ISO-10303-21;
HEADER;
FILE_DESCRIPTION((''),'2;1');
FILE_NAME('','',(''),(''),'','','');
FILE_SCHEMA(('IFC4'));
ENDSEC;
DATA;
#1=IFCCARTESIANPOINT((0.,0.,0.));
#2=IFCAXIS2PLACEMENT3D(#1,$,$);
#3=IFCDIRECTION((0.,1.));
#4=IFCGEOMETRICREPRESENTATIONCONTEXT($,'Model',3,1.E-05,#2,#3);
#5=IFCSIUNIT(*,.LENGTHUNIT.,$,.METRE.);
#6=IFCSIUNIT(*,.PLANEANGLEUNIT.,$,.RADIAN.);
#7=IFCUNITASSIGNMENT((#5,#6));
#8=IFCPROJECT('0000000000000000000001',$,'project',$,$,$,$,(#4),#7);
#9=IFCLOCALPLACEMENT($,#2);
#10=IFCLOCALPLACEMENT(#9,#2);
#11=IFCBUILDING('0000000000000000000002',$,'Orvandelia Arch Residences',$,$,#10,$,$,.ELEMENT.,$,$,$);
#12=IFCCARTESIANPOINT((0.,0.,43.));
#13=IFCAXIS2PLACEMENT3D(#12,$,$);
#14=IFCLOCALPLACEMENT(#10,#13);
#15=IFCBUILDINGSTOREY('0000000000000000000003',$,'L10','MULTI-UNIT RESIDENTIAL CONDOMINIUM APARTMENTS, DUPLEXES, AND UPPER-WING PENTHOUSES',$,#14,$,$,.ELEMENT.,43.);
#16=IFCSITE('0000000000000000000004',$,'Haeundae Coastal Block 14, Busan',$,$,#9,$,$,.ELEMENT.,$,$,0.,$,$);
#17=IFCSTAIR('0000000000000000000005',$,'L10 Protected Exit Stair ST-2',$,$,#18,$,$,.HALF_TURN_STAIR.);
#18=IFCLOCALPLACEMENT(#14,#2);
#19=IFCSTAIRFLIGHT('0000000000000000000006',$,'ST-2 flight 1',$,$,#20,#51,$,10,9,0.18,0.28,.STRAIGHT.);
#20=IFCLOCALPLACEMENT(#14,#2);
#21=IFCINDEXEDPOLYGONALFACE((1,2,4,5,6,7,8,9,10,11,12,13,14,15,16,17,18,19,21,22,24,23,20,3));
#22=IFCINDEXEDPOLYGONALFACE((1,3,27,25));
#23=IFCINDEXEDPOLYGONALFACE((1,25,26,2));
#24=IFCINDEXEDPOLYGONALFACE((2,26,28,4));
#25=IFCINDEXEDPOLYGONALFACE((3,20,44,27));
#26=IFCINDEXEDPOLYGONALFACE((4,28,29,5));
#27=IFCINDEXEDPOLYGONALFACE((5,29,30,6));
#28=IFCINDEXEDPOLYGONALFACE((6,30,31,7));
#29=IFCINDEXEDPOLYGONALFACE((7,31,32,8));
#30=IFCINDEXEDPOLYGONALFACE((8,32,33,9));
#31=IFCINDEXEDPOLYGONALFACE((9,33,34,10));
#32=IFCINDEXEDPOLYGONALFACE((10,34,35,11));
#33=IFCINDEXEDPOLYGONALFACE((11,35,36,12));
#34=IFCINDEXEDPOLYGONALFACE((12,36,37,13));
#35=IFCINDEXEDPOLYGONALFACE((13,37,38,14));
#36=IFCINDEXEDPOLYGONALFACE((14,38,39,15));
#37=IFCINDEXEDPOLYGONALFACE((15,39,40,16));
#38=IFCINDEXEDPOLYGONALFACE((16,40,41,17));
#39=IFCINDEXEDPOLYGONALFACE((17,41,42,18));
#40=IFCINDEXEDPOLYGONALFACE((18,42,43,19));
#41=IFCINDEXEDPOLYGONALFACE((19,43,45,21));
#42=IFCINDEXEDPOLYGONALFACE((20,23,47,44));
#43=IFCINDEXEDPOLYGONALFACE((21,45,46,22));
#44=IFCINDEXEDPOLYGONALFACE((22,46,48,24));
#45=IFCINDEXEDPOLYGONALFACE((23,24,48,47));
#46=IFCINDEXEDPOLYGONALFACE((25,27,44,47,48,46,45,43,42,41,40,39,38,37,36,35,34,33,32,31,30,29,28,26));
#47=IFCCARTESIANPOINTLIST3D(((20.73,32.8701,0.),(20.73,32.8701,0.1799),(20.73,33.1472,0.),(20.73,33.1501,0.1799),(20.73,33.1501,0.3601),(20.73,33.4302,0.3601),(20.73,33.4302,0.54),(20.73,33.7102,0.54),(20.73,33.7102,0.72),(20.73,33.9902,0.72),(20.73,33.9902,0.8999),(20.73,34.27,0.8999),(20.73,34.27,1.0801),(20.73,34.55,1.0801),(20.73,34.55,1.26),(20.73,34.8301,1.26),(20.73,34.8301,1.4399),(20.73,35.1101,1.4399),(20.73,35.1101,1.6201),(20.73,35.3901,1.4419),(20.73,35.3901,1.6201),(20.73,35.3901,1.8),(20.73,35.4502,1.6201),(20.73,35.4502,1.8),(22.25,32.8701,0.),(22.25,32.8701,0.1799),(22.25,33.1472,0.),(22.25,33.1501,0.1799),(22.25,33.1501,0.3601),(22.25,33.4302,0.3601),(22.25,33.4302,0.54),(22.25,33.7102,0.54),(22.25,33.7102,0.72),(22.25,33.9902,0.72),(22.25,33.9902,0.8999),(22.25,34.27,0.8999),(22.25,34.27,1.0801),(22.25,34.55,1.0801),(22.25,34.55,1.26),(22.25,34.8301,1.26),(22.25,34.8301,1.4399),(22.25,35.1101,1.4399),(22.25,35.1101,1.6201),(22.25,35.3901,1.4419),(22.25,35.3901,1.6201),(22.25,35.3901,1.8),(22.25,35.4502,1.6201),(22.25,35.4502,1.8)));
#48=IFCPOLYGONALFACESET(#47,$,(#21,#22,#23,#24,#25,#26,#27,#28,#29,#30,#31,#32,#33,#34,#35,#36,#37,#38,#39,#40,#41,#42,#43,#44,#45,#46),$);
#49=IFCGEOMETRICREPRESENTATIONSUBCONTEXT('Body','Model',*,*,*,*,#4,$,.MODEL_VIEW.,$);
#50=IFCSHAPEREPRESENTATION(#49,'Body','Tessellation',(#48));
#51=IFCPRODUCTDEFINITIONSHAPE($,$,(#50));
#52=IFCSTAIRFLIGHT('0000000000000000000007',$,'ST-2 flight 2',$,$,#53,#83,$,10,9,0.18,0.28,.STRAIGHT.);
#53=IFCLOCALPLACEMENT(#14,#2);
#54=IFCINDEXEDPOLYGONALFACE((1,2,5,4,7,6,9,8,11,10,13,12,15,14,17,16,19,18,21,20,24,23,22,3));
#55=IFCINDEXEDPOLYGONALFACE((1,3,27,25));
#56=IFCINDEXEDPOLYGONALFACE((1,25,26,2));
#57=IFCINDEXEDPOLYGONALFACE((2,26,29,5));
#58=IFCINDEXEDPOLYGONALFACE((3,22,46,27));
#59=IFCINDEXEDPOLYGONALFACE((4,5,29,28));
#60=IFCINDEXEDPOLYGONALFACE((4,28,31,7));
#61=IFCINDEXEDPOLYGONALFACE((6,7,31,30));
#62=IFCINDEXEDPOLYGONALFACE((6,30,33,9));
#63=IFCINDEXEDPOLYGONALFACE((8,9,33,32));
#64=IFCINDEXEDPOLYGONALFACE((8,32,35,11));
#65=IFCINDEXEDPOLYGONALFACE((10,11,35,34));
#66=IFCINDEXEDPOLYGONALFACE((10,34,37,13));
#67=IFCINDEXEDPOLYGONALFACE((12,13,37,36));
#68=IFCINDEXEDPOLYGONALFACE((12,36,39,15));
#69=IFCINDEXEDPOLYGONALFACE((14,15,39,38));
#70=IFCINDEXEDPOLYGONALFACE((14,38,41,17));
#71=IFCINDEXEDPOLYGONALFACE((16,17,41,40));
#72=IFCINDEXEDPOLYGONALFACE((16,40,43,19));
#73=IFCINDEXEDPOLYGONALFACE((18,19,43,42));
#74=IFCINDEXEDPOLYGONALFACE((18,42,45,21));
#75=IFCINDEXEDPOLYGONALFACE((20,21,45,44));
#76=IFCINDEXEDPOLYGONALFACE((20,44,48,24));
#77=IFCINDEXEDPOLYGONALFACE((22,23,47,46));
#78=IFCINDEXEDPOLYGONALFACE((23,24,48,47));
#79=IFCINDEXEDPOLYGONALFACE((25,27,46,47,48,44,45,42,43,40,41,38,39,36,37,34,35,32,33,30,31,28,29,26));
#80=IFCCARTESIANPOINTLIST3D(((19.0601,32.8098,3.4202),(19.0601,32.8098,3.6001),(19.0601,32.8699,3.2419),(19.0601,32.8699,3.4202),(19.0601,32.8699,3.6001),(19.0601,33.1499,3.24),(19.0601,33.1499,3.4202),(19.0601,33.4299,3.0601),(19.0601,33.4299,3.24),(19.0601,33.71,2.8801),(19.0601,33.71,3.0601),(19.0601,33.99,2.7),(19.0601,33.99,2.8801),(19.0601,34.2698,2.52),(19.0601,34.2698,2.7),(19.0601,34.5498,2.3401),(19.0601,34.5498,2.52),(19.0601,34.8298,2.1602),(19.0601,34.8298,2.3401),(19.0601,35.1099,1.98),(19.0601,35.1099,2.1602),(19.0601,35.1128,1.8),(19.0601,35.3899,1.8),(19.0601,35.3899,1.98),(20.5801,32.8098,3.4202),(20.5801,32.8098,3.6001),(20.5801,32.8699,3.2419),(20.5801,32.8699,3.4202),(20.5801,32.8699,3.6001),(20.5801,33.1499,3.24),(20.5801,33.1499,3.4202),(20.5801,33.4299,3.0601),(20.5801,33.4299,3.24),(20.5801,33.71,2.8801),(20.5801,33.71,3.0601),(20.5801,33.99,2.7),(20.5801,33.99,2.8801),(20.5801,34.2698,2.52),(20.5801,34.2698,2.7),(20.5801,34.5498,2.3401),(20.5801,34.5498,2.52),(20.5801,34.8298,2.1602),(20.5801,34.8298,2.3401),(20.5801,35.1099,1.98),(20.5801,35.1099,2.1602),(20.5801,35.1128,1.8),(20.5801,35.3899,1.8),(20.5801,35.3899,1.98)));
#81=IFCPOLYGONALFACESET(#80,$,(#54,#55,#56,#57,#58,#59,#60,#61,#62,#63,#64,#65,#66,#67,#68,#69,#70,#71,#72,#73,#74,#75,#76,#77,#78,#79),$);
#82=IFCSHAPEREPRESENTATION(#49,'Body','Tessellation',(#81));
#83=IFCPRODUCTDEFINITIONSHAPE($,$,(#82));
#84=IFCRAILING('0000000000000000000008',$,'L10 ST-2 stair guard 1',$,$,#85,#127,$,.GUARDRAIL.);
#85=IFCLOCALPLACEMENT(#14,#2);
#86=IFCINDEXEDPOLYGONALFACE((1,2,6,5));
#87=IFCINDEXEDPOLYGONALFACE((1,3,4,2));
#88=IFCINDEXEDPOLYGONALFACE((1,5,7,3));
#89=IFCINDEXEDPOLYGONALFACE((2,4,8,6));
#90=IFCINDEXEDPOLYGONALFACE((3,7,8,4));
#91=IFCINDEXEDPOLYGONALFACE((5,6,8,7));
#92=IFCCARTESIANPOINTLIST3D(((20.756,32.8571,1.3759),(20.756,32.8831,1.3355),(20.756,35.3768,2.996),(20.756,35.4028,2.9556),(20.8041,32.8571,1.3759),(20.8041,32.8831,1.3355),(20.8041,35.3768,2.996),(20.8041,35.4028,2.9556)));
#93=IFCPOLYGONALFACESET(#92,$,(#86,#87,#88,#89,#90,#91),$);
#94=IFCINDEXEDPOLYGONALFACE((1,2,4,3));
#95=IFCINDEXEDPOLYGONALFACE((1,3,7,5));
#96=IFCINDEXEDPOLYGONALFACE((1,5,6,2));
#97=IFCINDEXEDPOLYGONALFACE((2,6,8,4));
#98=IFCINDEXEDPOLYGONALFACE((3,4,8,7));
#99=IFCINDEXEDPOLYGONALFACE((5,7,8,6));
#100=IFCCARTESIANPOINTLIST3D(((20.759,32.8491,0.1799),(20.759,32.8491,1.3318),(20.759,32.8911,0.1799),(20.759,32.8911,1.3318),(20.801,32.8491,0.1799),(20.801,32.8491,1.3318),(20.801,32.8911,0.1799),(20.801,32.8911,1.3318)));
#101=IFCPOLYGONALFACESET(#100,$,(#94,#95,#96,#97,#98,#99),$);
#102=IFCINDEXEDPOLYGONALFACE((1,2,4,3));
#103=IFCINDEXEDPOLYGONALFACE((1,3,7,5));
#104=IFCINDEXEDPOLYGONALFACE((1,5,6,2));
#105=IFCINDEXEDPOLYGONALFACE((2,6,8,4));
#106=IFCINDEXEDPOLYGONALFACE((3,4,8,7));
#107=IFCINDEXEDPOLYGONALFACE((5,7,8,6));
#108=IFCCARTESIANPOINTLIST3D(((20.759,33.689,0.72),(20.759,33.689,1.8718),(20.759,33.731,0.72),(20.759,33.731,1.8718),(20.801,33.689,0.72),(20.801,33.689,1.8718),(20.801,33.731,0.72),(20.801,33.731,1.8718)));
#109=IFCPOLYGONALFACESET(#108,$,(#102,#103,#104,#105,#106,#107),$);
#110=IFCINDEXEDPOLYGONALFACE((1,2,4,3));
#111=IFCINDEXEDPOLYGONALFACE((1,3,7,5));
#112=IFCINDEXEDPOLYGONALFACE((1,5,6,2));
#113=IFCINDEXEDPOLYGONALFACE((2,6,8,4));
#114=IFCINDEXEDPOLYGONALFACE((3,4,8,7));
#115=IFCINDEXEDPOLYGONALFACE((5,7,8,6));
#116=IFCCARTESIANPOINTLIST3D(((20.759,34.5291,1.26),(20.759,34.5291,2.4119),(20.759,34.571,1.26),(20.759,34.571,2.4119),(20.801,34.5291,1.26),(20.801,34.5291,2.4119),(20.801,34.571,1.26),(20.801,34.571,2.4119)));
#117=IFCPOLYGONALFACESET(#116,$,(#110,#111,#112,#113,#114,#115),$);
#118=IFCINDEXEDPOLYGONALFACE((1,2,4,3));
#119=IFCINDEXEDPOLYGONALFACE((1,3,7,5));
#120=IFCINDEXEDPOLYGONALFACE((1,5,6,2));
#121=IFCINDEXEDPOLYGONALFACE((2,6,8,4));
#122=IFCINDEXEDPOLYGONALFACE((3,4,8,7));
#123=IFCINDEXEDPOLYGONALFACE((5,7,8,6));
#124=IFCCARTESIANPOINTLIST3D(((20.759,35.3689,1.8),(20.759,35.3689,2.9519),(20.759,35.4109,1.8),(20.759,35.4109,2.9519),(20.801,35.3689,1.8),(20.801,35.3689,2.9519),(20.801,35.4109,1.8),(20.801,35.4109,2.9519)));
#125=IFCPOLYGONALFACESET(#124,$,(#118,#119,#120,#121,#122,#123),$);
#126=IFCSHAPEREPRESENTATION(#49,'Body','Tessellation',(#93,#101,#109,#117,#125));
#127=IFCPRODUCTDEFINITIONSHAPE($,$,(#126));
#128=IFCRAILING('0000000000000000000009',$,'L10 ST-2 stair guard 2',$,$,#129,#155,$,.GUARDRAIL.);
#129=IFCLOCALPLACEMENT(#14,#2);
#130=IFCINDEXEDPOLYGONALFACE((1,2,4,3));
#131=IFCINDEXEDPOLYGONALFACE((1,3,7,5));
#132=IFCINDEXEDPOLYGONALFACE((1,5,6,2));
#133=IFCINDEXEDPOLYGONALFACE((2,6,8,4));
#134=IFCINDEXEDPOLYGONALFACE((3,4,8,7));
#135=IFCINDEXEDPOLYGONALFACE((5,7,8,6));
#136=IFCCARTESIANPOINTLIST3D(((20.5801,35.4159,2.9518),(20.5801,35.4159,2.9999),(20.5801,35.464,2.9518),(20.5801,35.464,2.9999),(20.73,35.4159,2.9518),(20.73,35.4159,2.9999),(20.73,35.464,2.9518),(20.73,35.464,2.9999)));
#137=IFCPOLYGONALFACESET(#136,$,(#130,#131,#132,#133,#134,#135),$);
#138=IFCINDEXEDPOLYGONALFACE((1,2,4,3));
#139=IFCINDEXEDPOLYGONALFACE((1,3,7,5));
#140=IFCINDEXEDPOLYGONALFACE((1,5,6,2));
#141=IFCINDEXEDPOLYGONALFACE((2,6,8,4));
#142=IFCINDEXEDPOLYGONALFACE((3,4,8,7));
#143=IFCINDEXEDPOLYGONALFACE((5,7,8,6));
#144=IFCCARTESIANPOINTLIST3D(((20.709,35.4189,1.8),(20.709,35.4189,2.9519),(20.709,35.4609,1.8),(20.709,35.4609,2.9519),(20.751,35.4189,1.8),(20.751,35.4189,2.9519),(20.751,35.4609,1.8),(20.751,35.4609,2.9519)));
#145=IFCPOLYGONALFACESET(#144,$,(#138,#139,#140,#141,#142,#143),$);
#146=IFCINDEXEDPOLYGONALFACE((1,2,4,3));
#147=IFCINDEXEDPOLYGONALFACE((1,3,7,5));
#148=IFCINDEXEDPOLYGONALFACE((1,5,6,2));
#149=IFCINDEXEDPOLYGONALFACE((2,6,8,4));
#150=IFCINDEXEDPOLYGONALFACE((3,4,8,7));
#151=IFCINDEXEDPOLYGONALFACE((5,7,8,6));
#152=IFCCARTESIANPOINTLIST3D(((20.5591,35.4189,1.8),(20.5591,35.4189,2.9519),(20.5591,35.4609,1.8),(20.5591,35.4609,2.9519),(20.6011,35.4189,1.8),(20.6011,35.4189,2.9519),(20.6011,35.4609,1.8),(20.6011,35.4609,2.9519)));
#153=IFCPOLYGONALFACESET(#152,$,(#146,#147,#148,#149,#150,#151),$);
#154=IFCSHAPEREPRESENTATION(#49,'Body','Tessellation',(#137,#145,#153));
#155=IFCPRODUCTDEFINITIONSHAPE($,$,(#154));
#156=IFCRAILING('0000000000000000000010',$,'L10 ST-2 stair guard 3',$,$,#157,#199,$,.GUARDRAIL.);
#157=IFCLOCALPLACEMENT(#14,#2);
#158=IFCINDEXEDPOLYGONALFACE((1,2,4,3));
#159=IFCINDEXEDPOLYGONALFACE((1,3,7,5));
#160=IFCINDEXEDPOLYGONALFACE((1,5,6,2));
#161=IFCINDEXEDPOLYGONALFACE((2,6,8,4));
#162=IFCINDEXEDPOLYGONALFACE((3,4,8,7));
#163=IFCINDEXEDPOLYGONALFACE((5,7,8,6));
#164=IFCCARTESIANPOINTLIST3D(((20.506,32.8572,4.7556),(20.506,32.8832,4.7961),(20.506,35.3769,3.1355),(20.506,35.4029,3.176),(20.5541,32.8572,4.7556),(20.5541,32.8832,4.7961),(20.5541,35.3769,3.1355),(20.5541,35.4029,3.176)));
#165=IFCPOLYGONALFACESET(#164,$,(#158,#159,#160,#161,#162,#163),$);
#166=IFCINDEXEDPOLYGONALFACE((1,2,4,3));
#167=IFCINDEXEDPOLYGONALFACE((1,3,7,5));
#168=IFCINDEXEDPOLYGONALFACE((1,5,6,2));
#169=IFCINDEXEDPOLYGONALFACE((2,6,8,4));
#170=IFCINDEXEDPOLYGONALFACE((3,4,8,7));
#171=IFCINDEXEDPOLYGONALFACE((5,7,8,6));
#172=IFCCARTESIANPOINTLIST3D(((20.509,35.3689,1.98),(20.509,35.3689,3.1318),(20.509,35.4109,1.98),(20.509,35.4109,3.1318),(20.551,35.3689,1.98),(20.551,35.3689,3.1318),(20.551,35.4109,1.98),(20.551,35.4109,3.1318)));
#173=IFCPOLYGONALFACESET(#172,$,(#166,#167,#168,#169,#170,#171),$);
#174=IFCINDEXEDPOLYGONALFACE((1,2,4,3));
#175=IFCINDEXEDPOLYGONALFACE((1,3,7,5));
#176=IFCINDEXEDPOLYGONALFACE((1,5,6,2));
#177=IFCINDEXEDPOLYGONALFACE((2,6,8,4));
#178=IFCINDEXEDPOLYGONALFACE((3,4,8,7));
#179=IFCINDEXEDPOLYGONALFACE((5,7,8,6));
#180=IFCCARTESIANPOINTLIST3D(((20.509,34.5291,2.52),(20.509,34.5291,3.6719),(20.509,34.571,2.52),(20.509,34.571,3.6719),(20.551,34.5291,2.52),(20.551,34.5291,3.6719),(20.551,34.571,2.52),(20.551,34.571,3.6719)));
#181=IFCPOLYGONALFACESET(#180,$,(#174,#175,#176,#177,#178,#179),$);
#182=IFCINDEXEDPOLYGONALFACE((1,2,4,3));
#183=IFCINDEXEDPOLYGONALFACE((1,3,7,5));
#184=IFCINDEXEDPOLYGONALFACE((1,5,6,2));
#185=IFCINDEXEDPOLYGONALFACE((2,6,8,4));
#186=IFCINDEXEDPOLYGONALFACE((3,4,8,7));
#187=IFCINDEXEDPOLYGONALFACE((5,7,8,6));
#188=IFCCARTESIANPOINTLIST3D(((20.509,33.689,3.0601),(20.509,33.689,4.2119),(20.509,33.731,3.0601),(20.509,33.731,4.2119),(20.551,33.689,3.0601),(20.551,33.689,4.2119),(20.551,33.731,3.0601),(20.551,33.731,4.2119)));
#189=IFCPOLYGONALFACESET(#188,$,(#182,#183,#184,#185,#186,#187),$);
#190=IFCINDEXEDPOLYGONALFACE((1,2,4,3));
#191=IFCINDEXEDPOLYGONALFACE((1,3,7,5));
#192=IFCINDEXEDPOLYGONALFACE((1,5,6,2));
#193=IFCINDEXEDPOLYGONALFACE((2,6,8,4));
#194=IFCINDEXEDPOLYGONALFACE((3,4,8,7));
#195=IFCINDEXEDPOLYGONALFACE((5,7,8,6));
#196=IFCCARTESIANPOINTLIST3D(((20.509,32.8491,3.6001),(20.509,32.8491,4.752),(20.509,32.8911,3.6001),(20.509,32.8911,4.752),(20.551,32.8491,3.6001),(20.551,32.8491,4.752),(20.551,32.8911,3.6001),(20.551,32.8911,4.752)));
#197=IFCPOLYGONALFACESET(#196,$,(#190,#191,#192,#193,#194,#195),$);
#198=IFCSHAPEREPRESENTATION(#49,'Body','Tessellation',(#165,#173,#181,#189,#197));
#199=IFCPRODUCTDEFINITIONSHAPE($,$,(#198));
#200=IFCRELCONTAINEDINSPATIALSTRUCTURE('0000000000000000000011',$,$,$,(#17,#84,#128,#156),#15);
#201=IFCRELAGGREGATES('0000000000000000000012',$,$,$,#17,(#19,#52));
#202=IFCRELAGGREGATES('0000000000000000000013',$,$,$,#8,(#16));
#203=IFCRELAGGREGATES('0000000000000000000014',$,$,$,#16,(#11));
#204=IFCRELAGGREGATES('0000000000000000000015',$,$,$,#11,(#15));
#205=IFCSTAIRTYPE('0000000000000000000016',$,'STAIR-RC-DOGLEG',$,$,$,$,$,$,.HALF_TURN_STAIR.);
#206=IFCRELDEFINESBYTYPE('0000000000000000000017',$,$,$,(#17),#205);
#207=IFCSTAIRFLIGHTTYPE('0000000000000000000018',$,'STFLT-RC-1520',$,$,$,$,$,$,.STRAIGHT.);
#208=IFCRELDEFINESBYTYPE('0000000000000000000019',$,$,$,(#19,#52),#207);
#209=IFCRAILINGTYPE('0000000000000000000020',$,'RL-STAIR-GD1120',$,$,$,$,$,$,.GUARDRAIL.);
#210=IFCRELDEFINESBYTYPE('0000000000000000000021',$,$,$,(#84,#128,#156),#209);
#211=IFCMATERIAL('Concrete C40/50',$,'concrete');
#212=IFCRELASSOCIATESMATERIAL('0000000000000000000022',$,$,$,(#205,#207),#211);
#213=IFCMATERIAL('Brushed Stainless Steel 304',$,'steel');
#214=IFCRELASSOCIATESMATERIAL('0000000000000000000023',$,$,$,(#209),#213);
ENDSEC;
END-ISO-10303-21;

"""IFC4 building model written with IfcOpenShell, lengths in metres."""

from ifc_helpers import new_model, si_unit, direction, frame, origin, origin_2d, place, context, subcontext, project, spatial, polyline, rectangle, outline, extrude, material, type_object, element, aggregate, save


model = new_model("IFC4")

# Units and contexts
model_context = context("Model", 3, precision=1e-05, world=origin(), true_north=direction((0.0, 1.0)))
body_context = subcontext(model_context, "Body", "Model", "MODEL_VIEW")
ifc_project = project(units=[si_unit("LENGTHUNIT", "METRE"), si_unit("PLANEANGLEUNIT", "RADIAN")], contexts=[model_context])

# Site, building, storey
site_placement = place(None, origin())
site = spatial("IfcSite", under=ifc_project, at=site_placement, Name="Haeundae Coastal Block 14, Busan", CompositionType="ELEMENT", RefElevation=0.0)
building_placement = place(site_placement, origin())
building = spatial("IfcBuilding", under=site, at=building_placement, Name="Orvandelia Arch Residences", CompositionType="ELEMENT")
storey_placement = place(building_placement, frame((0.0, 0.0, 43.0)))
storey = spatial("IfcBuildingStorey", under=building, at=storey_placement, Name="L10", Description="MULTI-UNIT RESIDENTIAL CONDOMINIUM APARTMENTS, DUPLEXES, AND UPPER-WING PENTHOUSES", CompositionType="ELEMENT", Elevation=43.0)

# Stair, stair flights
ifc_material_1 = material(Name="Concrete C40/50", Category="concrete")
stair_type = type_object("IfcStairType", Name="STAIR-RC-DOGLEG", PredefinedType="HALF_TURN_STAIR", material=ifc_material_1)
stair_placement = place(storey_placement, origin())
stair = element("IfcStair", 1, at=stair_placement, inside=storey, type_object=stair_type, Name="L10 Protected Exit Stair ST-2", PredefinedType="HALF_TURN_STAIR")
stair_flight_type = type_object("IfcStairFlightType", Name="STFLT-RC-1520", PredefinedType="STRAIGHT", material=ifc_material_1)
stair_flight_1_placement = place(storey_placement, frame((21.49, 32.8701, 0.0), z_axis=(0.0, 0.0, 1.0), x_axis=(0.0, 1.0, 0.0)))
stair_flight_1 = element("IfcStairFlight", 2, at=stair_flight_1_placement, type_object=stair_flight_type, Name="ST-2 flight 1", NumberOfRisers=10, NumberOfTreads=9, PredefinedType="STRAIGHT", RiserHeight=0.18, TreadLength=0.28, context=body_context, shape_type="SweptSolid", body=[
    extrude(outline(polyline([(0.0, 0.0), (0.0, 0.1799), (0.28, 0.1799), (0.28, 0.3601), (0.5601, 0.3601), (0.5601, 0.54), (0.8401, 0.54), (0.8401, 0.72), (1.1201, 0.72), (1.1201, 0.8999), (1.3999, 0.8999), (1.3999, 1.0801), (1.6799, 1.0801), (1.6799, 1.26), (1.96, 1.26), (1.96, 1.4399), (2.24, 1.4399), (2.24, 1.6201), (2.52, 1.6201), (2.52, 1.8), (2.5801, 1.8), (2.5801, 1.6201), (2.52, 1.4419), (0.2771, 0.0), (0.0, 0.0)])), frame((0.0, 0.76, 0.0), z_axis=(0.0, -1.0, 0.0), x_axis=(1.0, 0.0, 0.0)), (0.0, 0.0, 1.0), 1.52),
])
stair_flight_2_placement = place(storey_placement, frame((19.8201, 35.3899, 1.8), z_axis=(0.0, 0.0, 1.0), x_axis=(0.0, -1.0, 0.0)))
stair_flight_2 = element("IfcStairFlight", 3, at=stair_flight_2_placement, type_object=stair_flight_type, Name="ST-2 flight 2", NumberOfRisers=10, NumberOfTreads=9, PredefinedType="STRAIGHT", RiserHeight=0.18, TreadLength=0.28, context=body_context, shape_type="SweptSolid", body=[
    extrude(outline(polyline([(0.0, 0.0), (0.0, 0.1799), (0.28, 0.1799), (0.28, 0.3601), (0.5601, 0.3601), (0.5601, 0.54), (0.8401, 0.54), (0.8401, 0.72), (1.1201, 0.72), (1.1201, 0.8999), (1.3999, 0.8999), (1.3999, 1.0801), (1.6799, 1.0801), (1.6799, 1.26), (1.96, 1.26), (1.96, 1.4399), (2.24, 1.4399), (2.24, 1.6201), (2.52, 1.6201), (2.52, 1.8), (2.5801, 1.8), (2.5801, 1.6201), (2.52, 1.4419), (0.2771, 0.0), (0.0, 0.0)])), frame((0.0, 0.76, 0.0), z_axis=(0.0, -1.0, 0.0), x_axis=(1.0, 0.0, 0.0)), (0.0, 0.0, 1.0), 1.52),
])
aggregate(stair, [stair_flight_1, stair_flight_2])

# Railings
ifc_material_2 = material(Name="Brushed Stainless Steel 304", Category="steel")
railing_type_1 = type_object("IfcRailingType", Name="RL-STAIR-GD1120", PredefinedType="GUARDRAIL", material=ifc_material_2)
railing_1_placement = place(storey_placement, frame((20.78, 32.8701, 0.1799)))
element("IfcRailing", 4, at=railing_1_placement, inside=storey, type_object=railing_type_1, Name="L10 ST-2 stair guard 1", PredefinedType="GUARDRAIL", context=body_context, shape_type="SweptSolid", body=[
    extrude(rectangle(XDim=0.0481, YDim=0.0481, at=origin_2d()), frame((0.0, 0.0, 1.1758), z_axis=(0.0, 0.841139, 0.540819), x_axis=(-1.0, 0.0, 0.0)), (0.0, 0.0, 1.0), 2.9956),
    extrude(rectangle(XDim=0.042, YDim=0.042, at=origin_2d()), origin(), (0.0, 0.0, 1.0), 1.1519),
    extrude(rectangle(XDim=0.042, YDim=0.042, at=origin_2d()), frame((0.0, 0.8398, 0.54)), (0.0, 0.0, 1.0), 1.1519),
    extrude(rectangle(XDim=0.042, YDim=0.042, at=origin_2d()), frame((0.0, 1.6799, 1.0801)), (0.0, 0.0, 1.0), 1.1519),
    extrude(rectangle(XDim=0.042, YDim=0.042, at=origin_2d()), frame((0.0, 2.5198, 1.6201)), (0.0, 0.0, 1.0), 1.1519),
])
railing_2_placement = place(storey_placement, frame((20.73, 35.4399, 1.8)))
element("IfcRailing", 5, at=railing_2_placement, inside=storey, type_object=railing_type_1, Name="L10 ST-2 stair guard 2", PredefinedType="GUARDRAIL", context=body_context, shape_type="SweptSolid", body=[
    extrude(rectangle(XDim=0.0481, YDim=0.0481, at=origin_2d()), frame((0.0, 0.0, 1.1758), z_axis=(-1.0, 0.0, 0.0), x_axis=(0.0, -1.0, 0.0)), (0.0, 0.0, 1.0), 0.1499),
    extrude(rectangle(XDim=0.042, YDim=0.042, at=origin_2d()), origin(), (0.0, 0.0, 1.0), 1.1519),
    extrude(rectangle(XDim=0.042, YDim=0.042, at=origin_2d()), frame((-0.1499, 0.0, 0.0)), (0.0, 0.0, 1.0), 1.1519),
])
railing_3_placement = place(storey_placement, frame((20.53, 35.3899, 1.98)))
element("IfcRailing", 6, at=railing_3_placement, inside=storey, type_object=railing_type_1, Name="L10 ST-2 stair guard 3", PredefinedType="GUARDRAIL", context=body_context, shape_type="SweptSolid", body=[
    extrude(rectangle(XDim=0.0481, YDim=0.0481, at=origin_2d()), frame((0.0, 0.0, 1.1758), z_axis=(0.0, -0.841139, 0.540819), x_axis=(1.0, 0.0, 0.0)), (0.0, 0.0, 1.0), 2.9956),
    extrude(rectangle(XDim=0.042, YDim=0.042, at=origin_2d()), origin(), (0.0, 0.0, 1.0), 1.1519),
    extrude(rectangle(XDim=0.042, YDim=0.042, at=origin_2d()), frame((0.0, -0.8398, 0.54)), (0.0, 0.0, 1.0), 1.1519),
    extrude(rectangle(XDim=0.042, YDim=0.042, at=origin_2d()), frame((0.0, -1.6799, 1.0801)), (0.0, 0.0, 1.0), 1.1519),
    extrude(rectangle(XDim=0.042, YDim=0.042, at=origin_2d()), frame((0.0, -2.5198, 1.6201)), (0.0, 0.0, 1.0), 1.1519),
])

save(model, "model.ifc")
